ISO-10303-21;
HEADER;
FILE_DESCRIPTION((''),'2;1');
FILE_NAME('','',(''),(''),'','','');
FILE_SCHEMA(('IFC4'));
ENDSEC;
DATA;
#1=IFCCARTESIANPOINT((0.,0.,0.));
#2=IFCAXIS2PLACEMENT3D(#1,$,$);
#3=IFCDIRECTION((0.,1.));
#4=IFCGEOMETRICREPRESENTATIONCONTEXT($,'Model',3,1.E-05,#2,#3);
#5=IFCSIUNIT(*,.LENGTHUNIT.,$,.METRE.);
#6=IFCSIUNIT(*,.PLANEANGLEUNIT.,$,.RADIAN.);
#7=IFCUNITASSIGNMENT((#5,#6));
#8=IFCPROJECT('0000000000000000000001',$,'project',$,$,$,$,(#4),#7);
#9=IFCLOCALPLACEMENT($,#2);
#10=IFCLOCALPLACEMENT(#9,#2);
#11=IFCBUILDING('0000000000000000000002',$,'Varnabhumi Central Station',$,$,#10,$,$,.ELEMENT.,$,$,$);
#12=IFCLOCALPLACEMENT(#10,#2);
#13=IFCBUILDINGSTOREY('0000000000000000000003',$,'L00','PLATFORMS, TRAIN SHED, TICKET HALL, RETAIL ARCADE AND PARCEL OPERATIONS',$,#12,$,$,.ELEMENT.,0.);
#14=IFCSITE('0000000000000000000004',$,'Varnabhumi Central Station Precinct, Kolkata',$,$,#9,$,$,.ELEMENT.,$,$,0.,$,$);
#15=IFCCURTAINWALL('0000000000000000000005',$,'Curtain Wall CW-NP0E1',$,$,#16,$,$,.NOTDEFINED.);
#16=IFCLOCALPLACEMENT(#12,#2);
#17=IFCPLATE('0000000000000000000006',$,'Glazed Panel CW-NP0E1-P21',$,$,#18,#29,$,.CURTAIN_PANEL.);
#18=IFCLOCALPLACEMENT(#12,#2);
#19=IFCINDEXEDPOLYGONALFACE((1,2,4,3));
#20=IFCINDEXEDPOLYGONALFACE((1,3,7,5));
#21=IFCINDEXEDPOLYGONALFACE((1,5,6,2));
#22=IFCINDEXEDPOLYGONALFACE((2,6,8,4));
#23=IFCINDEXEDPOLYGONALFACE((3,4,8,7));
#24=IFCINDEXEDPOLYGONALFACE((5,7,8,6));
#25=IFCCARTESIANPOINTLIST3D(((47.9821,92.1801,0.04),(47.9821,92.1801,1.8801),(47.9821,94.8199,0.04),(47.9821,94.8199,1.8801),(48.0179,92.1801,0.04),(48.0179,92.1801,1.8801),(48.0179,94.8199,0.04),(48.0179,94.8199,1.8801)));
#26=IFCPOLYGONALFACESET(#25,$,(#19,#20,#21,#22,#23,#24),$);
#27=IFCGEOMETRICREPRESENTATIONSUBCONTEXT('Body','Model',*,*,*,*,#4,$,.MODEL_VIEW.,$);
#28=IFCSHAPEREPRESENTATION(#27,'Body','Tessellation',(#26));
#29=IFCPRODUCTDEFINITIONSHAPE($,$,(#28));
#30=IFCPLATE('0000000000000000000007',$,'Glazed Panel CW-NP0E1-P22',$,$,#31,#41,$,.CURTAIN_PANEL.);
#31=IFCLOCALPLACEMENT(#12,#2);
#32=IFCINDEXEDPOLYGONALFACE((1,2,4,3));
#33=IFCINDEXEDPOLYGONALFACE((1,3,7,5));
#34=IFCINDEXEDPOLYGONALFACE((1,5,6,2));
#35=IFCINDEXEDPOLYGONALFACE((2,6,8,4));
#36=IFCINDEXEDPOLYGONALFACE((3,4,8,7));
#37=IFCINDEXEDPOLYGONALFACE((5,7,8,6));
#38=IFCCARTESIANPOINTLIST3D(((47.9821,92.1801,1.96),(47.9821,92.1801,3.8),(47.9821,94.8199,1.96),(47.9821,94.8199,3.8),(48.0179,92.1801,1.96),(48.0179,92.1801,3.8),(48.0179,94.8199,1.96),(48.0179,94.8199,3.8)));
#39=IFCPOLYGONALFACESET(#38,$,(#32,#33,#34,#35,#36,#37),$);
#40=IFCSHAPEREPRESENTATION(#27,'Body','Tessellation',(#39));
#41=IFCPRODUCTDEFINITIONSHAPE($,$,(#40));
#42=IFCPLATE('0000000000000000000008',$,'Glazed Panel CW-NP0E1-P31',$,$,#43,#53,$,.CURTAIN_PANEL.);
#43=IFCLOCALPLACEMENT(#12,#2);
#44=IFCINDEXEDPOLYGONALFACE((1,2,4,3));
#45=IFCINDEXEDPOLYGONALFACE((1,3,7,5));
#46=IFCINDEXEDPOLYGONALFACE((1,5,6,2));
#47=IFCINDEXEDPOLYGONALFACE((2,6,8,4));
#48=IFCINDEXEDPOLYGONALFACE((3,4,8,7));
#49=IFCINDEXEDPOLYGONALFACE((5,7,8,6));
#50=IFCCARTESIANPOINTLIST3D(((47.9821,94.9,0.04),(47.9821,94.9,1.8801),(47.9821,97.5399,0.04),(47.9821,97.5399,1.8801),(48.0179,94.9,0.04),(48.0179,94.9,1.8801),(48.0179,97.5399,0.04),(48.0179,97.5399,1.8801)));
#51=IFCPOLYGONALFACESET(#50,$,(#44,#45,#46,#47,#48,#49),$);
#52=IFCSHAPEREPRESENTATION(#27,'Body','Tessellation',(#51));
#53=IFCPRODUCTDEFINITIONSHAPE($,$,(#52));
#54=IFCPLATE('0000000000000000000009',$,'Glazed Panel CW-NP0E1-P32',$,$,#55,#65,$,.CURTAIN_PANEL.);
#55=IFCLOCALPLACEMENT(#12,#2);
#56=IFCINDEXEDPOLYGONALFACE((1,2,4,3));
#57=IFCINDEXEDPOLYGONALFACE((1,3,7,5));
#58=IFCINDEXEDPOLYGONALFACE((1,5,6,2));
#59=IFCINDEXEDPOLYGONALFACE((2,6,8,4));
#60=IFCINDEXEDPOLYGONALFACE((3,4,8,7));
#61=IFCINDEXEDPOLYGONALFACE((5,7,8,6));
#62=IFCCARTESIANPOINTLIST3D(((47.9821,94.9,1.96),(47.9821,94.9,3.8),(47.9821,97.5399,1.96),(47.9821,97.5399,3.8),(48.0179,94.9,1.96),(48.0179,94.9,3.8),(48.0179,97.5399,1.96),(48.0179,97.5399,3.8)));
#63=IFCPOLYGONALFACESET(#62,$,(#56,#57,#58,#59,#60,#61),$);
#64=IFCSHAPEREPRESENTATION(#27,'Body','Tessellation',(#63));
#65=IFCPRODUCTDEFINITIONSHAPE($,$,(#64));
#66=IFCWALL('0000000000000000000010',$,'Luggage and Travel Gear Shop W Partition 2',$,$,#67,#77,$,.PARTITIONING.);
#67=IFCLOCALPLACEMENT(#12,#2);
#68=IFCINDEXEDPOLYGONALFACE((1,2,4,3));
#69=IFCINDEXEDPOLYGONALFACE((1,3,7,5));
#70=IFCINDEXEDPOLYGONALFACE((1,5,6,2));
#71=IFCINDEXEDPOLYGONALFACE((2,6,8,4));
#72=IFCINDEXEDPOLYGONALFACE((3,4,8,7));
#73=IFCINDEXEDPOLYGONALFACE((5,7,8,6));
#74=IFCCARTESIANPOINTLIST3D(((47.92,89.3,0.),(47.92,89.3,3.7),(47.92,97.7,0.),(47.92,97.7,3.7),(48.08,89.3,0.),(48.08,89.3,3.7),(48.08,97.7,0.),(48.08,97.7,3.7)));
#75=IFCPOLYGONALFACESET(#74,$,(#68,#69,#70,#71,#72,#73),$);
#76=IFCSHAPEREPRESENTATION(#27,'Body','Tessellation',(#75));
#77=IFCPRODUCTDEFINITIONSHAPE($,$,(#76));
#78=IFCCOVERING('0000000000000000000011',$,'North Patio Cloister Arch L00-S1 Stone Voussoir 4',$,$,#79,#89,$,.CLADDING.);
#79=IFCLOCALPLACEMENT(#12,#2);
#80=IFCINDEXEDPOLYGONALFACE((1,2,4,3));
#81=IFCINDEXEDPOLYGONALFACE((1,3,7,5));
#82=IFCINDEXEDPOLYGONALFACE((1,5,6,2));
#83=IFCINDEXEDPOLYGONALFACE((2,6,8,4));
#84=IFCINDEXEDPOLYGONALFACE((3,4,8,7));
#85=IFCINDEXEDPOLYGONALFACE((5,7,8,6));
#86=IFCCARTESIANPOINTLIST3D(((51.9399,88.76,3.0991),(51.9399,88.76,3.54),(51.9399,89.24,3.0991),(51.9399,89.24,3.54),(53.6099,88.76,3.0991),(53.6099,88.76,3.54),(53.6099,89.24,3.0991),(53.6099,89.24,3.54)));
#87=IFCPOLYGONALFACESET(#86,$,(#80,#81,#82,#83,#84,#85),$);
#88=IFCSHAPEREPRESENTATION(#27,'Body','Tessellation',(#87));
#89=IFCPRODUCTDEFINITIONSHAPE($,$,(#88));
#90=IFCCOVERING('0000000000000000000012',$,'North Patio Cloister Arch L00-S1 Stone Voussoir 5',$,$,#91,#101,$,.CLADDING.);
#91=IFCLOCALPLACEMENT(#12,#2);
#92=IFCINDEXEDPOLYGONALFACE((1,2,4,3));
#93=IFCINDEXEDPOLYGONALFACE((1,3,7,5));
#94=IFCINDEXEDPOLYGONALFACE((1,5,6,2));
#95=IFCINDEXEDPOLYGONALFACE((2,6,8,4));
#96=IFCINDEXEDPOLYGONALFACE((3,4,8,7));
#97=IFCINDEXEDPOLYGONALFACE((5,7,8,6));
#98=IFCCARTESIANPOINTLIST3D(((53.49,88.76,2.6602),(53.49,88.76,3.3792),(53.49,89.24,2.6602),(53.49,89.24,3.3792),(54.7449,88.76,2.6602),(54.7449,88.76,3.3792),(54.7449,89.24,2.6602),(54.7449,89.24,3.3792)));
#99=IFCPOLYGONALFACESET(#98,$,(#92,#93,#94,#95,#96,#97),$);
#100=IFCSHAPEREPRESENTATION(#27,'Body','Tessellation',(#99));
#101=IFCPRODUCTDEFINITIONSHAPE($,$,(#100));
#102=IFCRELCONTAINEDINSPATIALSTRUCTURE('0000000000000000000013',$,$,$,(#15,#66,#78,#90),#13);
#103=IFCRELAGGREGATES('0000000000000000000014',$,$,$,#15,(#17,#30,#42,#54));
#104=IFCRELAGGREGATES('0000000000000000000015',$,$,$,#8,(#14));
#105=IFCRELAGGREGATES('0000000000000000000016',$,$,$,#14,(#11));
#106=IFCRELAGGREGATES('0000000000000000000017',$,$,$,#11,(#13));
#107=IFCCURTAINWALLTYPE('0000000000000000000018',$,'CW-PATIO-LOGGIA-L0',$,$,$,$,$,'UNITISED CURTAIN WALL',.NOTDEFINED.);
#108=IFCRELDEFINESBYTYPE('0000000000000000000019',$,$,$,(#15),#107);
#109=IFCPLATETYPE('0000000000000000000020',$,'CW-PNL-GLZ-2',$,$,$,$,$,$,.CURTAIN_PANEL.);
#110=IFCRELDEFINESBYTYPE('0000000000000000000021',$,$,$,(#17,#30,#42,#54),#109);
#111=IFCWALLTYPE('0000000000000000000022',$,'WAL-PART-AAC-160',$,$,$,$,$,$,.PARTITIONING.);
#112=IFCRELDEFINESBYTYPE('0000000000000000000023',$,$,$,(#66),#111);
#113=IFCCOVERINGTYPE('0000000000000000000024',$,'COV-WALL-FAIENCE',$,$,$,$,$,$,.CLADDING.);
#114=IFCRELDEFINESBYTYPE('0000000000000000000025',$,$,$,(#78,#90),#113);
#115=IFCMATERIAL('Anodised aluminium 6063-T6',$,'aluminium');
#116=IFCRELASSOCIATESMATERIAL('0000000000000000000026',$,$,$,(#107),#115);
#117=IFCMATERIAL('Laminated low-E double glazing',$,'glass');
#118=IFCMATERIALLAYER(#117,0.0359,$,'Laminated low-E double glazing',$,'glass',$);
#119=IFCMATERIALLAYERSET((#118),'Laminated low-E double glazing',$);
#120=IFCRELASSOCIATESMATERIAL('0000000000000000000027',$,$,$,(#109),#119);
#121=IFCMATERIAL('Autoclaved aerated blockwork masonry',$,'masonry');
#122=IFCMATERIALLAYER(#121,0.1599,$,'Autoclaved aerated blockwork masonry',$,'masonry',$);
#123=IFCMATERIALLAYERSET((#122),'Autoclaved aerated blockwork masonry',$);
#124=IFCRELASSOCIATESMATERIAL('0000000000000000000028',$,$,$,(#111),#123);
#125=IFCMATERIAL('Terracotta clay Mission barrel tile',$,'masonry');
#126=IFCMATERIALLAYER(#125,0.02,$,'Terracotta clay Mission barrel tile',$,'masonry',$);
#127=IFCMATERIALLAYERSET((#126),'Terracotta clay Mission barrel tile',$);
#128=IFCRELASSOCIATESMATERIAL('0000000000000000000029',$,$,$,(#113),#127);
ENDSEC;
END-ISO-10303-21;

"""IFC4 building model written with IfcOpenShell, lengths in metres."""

from ifc_helpers import new_model, si_unit, direction, frame, frame_2d, origin, origin_2d, place, context, subcontext, project, spatial, rectangle, extrude, material, layer, layer_set, type_object, element, aggregate, save


model = new_model("IFC4")

# Units and contexts
model_context = context("Model", 3, precision=1e-05, world=origin(), true_north=direction((0.0, 1.0)))
body_context = subcontext(model_context, "Body", "Model", "MODEL_VIEW")
ifc_project = project(units=[si_unit("LENGTHUNIT", "METRE"), si_unit("PLANEANGLEUNIT", "RADIAN")], contexts=[model_context])

# Site, building, storey
site_placement = place(None, origin())
site = spatial("IfcSite", under=ifc_project, at=site_placement, Name="Varnabhumi Central Station Precinct, Kolkata", CompositionType="ELEMENT", RefElevation=0.0)
building_placement = place(site_placement, origin())
building = spatial("IfcBuilding", under=site, at=building_placement, Name="Varnabhumi Central Station", CompositionType="ELEMENT")
storey_placement = place(building_placement, origin())
storey = spatial("IfcBuildingStorey", under=building, at=storey_placement, Name="L00", Description="PLATFORMS, TRAIN SHED, TICKET HALL, RETAIL ARCADE AND PARCEL OPERATIONS", CompositionType="ELEMENT", Elevation=0.0)

# Curtain wall
ifc_material_1 = material(Name="Anodised aluminium 6063-T6", Category="aluminium")
curtain_wall_type = type_object("IfcCurtainWallType", Name="CW-PATIO-LOGGIA-L0", ElementType="UNITISED CURTAIN WALL", PredefinedType="NOTDEFINED", material=ifc_material_1)
curtain_wall_1_placement = place(storey_placement, origin())
curtain_wall_1 = element("IfcCurtainWall", 1, at=curtain_wall_1_placement, inside=storey, type_object=curtain_wall_type, Name="Curtain Wall CW-NP0E1", PredefinedType="NOTDEFINED")

# Plates
ifc_material_2 = material(Name="Laminated low-E double glazing", Category="glass")
ifc_layer_1 = layer(ifc_material_2, 0.0359, Name="Laminated low-E double glazing", Category="glass")
ifc_layer_set_1 = layer_set([ifc_layer_1], Name="Laminated low-E double glazing")
plate_type_1 = type_object("IfcPlateType", Name="CW-PNL-GLZ-2", PredefinedType="CURTAIN_PANEL", material=ifc_layer_set_1)
plate_1_placement = place(storey_placement, frame((48.0, 93.5, 0.04), z_axis=(0.0, 0.0, 1.0), x_axis=(0.0, 1.0, 0.0)))
plate_1 = element("IfcPlate", 2, at=plate_1_placement, type_object=plate_type_1, Name="Glazed Panel CW-NP0E1-P21", PredefinedType="CURTAIN_PANEL", context=body_context, shape_type="SweptSolid", body=[
    extrude(rectangle(XDim=2.6399, YDim=0.0359, at=origin_2d()), origin(), (0.0, 0.0, 1.0), 1.8401),
])
plate_2_placement = place(storey_placement, frame((48.0, 93.5, 1.96), z_axis=(0.0, 0.0, 1.0), x_axis=(0.0, 1.0, 0.0)))
plate_2 = element("IfcPlate", 3, at=plate_2_placement, type_object=plate_type_1, Name="Glazed Panel CW-NP0E1-P22", PredefinedType="CURTAIN_PANEL", context=body_context, shape_type="SweptSolid", body=[
    extrude(rectangle(XDim=2.6399, YDim=0.0359, at=origin_2d()), origin(), (0.0, 0.0, 1.0), 1.8401),
])
plate_3_placement = place(storey_placement, frame((48.0, 96.22, 0.04), z_axis=(0.0, 0.0, 1.0), x_axis=(0.0, 1.0, 0.0)))
plate_3 = element("IfcPlate", 4, at=plate_3_placement, type_object=plate_type_1, Name="Glazed Panel CW-NP0E1-P31", PredefinedType="CURTAIN_PANEL", context=body_context, shape_type="SweptSolid", body=[
    extrude(rectangle(XDim=2.6399, YDim=0.0359, at=origin_2d()), origin(), (0.0, 0.0, 1.0), 1.8401),
])
plate_4_placement = place(storey_placement, frame((48.0, 96.22, 1.96), z_axis=(0.0, 0.0, 1.0), x_axis=(0.0, 1.0, 0.0)))
plate_4 = element("IfcPlate", 5, at=plate_4_placement, type_object=plate_type_1, Name="Glazed Panel CW-NP0E1-P32", PredefinedType="CURTAIN_PANEL", context=body_context, shape_type="SweptSolid", body=[
    extrude(rectangle(XDim=2.6399, YDim=0.0359, at=origin_2d()), origin(), (0.0, 0.0, 1.0), 1.8401),
])
aggregate(curtain_wall_1, [plate_1, plate_2, plate_3, plate_4])

# Wall
ifc_material_3 = material(Name="Autoclaved aerated blockwork masonry", Category="masonry")
ifc_layer_2 = layer(ifc_material_3, 0.1599, Name="Autoclaved aerated blockwork masonry", Category="masonry")
ifc_layer_set_2 = layer_set([ifc_layer_2], Name="Autoclaved aerated blockwork masonry")
wall_type = type_object("IfcWallType", Name="WAL-PART-AAC-160", PredefinedType="PARTITIONING", material=ifc_layer_set_2)
wall_placement = place(storey_placement, frame((48.0, 89.3, 0.0), z_axis=(0.0, 0.0, 1.0), x_axis=(0.0, 1.0, 0.0)))
element("IfcWall", 6, at=wall_placement, inside=storey, type_object=wall_type, Name="Luggage and Travel Gear Shop W Partition 2", PredefinedType="PARTITIONING", context=body_context, shape_type="SweptSolid", body=[
    extrude(rectangle(XDim=8.3999, YDim=0.1599, at=frame_2d((4.2, 0.0))), origin(), (0.0, 0.0, 1.0), 3.7),
])

# Coverings
ifc_material_4 = material(Name="Terracotta clay Mission barrel tile", Category="masonry")
ifc_layer_3 = layer(ifc_material_4, 0.02, Name="Terracotta clay Mission barrel tile", Category="masonry")
ifc_layer_set_3 = layer_set([ifc_layer_3], Name="Terracotta clay Mission barrel tile")
covering_type = type_object("IfcCoveringType", Name="COV-WALL-FAIENCE", PredefinedType="CLADDING", material=ifc_layer_set_3)
covering_1_placement = place(storey_placement, frame((52.7749, 89.0, 3.0991), z_axis=(0.0, 0.0, 1.0), x_axis=(1.0, 0.0, 0.0)))
element("IfcCovering", 7, at=covering_1_placement, inside=storey, type_object=covering_type, Name="North Patio Cloister Arch L00-S1 Stone Voussoir 4", PredefinedType="CLADDING", context=body_context, shape_type="SweptSolid", body=[
    extrude(rectangle(XDim=1.6699, YDim=0.48, at=origin_2d()), origin(), (0.0, 0.0, 1.0), 0.4409),
])
covering_2_placement = place(storey_placement, frame((54.1174, 89.0, 2.6602), z_axis=(0.0, 0.0, 1.0), x_axis=(1.0, 0.0, 0.0)))
element("IfcCovering", 8, at=covering_2_placement, inside=storey, type_object=covering_type, Name="North Patio Cloister Arch L00-S1 Stone Voussoir 5", PredefinedType="CLADDING", context=body_context, shape_type="SweptSolid", body=[
    extrude(rectangle(XDim=1.2549, YDim=0.48, at=origin_2d()), origin(), (0.0, 0.0, 1.0), 0.719),
])

save(model, "model.ifc")
